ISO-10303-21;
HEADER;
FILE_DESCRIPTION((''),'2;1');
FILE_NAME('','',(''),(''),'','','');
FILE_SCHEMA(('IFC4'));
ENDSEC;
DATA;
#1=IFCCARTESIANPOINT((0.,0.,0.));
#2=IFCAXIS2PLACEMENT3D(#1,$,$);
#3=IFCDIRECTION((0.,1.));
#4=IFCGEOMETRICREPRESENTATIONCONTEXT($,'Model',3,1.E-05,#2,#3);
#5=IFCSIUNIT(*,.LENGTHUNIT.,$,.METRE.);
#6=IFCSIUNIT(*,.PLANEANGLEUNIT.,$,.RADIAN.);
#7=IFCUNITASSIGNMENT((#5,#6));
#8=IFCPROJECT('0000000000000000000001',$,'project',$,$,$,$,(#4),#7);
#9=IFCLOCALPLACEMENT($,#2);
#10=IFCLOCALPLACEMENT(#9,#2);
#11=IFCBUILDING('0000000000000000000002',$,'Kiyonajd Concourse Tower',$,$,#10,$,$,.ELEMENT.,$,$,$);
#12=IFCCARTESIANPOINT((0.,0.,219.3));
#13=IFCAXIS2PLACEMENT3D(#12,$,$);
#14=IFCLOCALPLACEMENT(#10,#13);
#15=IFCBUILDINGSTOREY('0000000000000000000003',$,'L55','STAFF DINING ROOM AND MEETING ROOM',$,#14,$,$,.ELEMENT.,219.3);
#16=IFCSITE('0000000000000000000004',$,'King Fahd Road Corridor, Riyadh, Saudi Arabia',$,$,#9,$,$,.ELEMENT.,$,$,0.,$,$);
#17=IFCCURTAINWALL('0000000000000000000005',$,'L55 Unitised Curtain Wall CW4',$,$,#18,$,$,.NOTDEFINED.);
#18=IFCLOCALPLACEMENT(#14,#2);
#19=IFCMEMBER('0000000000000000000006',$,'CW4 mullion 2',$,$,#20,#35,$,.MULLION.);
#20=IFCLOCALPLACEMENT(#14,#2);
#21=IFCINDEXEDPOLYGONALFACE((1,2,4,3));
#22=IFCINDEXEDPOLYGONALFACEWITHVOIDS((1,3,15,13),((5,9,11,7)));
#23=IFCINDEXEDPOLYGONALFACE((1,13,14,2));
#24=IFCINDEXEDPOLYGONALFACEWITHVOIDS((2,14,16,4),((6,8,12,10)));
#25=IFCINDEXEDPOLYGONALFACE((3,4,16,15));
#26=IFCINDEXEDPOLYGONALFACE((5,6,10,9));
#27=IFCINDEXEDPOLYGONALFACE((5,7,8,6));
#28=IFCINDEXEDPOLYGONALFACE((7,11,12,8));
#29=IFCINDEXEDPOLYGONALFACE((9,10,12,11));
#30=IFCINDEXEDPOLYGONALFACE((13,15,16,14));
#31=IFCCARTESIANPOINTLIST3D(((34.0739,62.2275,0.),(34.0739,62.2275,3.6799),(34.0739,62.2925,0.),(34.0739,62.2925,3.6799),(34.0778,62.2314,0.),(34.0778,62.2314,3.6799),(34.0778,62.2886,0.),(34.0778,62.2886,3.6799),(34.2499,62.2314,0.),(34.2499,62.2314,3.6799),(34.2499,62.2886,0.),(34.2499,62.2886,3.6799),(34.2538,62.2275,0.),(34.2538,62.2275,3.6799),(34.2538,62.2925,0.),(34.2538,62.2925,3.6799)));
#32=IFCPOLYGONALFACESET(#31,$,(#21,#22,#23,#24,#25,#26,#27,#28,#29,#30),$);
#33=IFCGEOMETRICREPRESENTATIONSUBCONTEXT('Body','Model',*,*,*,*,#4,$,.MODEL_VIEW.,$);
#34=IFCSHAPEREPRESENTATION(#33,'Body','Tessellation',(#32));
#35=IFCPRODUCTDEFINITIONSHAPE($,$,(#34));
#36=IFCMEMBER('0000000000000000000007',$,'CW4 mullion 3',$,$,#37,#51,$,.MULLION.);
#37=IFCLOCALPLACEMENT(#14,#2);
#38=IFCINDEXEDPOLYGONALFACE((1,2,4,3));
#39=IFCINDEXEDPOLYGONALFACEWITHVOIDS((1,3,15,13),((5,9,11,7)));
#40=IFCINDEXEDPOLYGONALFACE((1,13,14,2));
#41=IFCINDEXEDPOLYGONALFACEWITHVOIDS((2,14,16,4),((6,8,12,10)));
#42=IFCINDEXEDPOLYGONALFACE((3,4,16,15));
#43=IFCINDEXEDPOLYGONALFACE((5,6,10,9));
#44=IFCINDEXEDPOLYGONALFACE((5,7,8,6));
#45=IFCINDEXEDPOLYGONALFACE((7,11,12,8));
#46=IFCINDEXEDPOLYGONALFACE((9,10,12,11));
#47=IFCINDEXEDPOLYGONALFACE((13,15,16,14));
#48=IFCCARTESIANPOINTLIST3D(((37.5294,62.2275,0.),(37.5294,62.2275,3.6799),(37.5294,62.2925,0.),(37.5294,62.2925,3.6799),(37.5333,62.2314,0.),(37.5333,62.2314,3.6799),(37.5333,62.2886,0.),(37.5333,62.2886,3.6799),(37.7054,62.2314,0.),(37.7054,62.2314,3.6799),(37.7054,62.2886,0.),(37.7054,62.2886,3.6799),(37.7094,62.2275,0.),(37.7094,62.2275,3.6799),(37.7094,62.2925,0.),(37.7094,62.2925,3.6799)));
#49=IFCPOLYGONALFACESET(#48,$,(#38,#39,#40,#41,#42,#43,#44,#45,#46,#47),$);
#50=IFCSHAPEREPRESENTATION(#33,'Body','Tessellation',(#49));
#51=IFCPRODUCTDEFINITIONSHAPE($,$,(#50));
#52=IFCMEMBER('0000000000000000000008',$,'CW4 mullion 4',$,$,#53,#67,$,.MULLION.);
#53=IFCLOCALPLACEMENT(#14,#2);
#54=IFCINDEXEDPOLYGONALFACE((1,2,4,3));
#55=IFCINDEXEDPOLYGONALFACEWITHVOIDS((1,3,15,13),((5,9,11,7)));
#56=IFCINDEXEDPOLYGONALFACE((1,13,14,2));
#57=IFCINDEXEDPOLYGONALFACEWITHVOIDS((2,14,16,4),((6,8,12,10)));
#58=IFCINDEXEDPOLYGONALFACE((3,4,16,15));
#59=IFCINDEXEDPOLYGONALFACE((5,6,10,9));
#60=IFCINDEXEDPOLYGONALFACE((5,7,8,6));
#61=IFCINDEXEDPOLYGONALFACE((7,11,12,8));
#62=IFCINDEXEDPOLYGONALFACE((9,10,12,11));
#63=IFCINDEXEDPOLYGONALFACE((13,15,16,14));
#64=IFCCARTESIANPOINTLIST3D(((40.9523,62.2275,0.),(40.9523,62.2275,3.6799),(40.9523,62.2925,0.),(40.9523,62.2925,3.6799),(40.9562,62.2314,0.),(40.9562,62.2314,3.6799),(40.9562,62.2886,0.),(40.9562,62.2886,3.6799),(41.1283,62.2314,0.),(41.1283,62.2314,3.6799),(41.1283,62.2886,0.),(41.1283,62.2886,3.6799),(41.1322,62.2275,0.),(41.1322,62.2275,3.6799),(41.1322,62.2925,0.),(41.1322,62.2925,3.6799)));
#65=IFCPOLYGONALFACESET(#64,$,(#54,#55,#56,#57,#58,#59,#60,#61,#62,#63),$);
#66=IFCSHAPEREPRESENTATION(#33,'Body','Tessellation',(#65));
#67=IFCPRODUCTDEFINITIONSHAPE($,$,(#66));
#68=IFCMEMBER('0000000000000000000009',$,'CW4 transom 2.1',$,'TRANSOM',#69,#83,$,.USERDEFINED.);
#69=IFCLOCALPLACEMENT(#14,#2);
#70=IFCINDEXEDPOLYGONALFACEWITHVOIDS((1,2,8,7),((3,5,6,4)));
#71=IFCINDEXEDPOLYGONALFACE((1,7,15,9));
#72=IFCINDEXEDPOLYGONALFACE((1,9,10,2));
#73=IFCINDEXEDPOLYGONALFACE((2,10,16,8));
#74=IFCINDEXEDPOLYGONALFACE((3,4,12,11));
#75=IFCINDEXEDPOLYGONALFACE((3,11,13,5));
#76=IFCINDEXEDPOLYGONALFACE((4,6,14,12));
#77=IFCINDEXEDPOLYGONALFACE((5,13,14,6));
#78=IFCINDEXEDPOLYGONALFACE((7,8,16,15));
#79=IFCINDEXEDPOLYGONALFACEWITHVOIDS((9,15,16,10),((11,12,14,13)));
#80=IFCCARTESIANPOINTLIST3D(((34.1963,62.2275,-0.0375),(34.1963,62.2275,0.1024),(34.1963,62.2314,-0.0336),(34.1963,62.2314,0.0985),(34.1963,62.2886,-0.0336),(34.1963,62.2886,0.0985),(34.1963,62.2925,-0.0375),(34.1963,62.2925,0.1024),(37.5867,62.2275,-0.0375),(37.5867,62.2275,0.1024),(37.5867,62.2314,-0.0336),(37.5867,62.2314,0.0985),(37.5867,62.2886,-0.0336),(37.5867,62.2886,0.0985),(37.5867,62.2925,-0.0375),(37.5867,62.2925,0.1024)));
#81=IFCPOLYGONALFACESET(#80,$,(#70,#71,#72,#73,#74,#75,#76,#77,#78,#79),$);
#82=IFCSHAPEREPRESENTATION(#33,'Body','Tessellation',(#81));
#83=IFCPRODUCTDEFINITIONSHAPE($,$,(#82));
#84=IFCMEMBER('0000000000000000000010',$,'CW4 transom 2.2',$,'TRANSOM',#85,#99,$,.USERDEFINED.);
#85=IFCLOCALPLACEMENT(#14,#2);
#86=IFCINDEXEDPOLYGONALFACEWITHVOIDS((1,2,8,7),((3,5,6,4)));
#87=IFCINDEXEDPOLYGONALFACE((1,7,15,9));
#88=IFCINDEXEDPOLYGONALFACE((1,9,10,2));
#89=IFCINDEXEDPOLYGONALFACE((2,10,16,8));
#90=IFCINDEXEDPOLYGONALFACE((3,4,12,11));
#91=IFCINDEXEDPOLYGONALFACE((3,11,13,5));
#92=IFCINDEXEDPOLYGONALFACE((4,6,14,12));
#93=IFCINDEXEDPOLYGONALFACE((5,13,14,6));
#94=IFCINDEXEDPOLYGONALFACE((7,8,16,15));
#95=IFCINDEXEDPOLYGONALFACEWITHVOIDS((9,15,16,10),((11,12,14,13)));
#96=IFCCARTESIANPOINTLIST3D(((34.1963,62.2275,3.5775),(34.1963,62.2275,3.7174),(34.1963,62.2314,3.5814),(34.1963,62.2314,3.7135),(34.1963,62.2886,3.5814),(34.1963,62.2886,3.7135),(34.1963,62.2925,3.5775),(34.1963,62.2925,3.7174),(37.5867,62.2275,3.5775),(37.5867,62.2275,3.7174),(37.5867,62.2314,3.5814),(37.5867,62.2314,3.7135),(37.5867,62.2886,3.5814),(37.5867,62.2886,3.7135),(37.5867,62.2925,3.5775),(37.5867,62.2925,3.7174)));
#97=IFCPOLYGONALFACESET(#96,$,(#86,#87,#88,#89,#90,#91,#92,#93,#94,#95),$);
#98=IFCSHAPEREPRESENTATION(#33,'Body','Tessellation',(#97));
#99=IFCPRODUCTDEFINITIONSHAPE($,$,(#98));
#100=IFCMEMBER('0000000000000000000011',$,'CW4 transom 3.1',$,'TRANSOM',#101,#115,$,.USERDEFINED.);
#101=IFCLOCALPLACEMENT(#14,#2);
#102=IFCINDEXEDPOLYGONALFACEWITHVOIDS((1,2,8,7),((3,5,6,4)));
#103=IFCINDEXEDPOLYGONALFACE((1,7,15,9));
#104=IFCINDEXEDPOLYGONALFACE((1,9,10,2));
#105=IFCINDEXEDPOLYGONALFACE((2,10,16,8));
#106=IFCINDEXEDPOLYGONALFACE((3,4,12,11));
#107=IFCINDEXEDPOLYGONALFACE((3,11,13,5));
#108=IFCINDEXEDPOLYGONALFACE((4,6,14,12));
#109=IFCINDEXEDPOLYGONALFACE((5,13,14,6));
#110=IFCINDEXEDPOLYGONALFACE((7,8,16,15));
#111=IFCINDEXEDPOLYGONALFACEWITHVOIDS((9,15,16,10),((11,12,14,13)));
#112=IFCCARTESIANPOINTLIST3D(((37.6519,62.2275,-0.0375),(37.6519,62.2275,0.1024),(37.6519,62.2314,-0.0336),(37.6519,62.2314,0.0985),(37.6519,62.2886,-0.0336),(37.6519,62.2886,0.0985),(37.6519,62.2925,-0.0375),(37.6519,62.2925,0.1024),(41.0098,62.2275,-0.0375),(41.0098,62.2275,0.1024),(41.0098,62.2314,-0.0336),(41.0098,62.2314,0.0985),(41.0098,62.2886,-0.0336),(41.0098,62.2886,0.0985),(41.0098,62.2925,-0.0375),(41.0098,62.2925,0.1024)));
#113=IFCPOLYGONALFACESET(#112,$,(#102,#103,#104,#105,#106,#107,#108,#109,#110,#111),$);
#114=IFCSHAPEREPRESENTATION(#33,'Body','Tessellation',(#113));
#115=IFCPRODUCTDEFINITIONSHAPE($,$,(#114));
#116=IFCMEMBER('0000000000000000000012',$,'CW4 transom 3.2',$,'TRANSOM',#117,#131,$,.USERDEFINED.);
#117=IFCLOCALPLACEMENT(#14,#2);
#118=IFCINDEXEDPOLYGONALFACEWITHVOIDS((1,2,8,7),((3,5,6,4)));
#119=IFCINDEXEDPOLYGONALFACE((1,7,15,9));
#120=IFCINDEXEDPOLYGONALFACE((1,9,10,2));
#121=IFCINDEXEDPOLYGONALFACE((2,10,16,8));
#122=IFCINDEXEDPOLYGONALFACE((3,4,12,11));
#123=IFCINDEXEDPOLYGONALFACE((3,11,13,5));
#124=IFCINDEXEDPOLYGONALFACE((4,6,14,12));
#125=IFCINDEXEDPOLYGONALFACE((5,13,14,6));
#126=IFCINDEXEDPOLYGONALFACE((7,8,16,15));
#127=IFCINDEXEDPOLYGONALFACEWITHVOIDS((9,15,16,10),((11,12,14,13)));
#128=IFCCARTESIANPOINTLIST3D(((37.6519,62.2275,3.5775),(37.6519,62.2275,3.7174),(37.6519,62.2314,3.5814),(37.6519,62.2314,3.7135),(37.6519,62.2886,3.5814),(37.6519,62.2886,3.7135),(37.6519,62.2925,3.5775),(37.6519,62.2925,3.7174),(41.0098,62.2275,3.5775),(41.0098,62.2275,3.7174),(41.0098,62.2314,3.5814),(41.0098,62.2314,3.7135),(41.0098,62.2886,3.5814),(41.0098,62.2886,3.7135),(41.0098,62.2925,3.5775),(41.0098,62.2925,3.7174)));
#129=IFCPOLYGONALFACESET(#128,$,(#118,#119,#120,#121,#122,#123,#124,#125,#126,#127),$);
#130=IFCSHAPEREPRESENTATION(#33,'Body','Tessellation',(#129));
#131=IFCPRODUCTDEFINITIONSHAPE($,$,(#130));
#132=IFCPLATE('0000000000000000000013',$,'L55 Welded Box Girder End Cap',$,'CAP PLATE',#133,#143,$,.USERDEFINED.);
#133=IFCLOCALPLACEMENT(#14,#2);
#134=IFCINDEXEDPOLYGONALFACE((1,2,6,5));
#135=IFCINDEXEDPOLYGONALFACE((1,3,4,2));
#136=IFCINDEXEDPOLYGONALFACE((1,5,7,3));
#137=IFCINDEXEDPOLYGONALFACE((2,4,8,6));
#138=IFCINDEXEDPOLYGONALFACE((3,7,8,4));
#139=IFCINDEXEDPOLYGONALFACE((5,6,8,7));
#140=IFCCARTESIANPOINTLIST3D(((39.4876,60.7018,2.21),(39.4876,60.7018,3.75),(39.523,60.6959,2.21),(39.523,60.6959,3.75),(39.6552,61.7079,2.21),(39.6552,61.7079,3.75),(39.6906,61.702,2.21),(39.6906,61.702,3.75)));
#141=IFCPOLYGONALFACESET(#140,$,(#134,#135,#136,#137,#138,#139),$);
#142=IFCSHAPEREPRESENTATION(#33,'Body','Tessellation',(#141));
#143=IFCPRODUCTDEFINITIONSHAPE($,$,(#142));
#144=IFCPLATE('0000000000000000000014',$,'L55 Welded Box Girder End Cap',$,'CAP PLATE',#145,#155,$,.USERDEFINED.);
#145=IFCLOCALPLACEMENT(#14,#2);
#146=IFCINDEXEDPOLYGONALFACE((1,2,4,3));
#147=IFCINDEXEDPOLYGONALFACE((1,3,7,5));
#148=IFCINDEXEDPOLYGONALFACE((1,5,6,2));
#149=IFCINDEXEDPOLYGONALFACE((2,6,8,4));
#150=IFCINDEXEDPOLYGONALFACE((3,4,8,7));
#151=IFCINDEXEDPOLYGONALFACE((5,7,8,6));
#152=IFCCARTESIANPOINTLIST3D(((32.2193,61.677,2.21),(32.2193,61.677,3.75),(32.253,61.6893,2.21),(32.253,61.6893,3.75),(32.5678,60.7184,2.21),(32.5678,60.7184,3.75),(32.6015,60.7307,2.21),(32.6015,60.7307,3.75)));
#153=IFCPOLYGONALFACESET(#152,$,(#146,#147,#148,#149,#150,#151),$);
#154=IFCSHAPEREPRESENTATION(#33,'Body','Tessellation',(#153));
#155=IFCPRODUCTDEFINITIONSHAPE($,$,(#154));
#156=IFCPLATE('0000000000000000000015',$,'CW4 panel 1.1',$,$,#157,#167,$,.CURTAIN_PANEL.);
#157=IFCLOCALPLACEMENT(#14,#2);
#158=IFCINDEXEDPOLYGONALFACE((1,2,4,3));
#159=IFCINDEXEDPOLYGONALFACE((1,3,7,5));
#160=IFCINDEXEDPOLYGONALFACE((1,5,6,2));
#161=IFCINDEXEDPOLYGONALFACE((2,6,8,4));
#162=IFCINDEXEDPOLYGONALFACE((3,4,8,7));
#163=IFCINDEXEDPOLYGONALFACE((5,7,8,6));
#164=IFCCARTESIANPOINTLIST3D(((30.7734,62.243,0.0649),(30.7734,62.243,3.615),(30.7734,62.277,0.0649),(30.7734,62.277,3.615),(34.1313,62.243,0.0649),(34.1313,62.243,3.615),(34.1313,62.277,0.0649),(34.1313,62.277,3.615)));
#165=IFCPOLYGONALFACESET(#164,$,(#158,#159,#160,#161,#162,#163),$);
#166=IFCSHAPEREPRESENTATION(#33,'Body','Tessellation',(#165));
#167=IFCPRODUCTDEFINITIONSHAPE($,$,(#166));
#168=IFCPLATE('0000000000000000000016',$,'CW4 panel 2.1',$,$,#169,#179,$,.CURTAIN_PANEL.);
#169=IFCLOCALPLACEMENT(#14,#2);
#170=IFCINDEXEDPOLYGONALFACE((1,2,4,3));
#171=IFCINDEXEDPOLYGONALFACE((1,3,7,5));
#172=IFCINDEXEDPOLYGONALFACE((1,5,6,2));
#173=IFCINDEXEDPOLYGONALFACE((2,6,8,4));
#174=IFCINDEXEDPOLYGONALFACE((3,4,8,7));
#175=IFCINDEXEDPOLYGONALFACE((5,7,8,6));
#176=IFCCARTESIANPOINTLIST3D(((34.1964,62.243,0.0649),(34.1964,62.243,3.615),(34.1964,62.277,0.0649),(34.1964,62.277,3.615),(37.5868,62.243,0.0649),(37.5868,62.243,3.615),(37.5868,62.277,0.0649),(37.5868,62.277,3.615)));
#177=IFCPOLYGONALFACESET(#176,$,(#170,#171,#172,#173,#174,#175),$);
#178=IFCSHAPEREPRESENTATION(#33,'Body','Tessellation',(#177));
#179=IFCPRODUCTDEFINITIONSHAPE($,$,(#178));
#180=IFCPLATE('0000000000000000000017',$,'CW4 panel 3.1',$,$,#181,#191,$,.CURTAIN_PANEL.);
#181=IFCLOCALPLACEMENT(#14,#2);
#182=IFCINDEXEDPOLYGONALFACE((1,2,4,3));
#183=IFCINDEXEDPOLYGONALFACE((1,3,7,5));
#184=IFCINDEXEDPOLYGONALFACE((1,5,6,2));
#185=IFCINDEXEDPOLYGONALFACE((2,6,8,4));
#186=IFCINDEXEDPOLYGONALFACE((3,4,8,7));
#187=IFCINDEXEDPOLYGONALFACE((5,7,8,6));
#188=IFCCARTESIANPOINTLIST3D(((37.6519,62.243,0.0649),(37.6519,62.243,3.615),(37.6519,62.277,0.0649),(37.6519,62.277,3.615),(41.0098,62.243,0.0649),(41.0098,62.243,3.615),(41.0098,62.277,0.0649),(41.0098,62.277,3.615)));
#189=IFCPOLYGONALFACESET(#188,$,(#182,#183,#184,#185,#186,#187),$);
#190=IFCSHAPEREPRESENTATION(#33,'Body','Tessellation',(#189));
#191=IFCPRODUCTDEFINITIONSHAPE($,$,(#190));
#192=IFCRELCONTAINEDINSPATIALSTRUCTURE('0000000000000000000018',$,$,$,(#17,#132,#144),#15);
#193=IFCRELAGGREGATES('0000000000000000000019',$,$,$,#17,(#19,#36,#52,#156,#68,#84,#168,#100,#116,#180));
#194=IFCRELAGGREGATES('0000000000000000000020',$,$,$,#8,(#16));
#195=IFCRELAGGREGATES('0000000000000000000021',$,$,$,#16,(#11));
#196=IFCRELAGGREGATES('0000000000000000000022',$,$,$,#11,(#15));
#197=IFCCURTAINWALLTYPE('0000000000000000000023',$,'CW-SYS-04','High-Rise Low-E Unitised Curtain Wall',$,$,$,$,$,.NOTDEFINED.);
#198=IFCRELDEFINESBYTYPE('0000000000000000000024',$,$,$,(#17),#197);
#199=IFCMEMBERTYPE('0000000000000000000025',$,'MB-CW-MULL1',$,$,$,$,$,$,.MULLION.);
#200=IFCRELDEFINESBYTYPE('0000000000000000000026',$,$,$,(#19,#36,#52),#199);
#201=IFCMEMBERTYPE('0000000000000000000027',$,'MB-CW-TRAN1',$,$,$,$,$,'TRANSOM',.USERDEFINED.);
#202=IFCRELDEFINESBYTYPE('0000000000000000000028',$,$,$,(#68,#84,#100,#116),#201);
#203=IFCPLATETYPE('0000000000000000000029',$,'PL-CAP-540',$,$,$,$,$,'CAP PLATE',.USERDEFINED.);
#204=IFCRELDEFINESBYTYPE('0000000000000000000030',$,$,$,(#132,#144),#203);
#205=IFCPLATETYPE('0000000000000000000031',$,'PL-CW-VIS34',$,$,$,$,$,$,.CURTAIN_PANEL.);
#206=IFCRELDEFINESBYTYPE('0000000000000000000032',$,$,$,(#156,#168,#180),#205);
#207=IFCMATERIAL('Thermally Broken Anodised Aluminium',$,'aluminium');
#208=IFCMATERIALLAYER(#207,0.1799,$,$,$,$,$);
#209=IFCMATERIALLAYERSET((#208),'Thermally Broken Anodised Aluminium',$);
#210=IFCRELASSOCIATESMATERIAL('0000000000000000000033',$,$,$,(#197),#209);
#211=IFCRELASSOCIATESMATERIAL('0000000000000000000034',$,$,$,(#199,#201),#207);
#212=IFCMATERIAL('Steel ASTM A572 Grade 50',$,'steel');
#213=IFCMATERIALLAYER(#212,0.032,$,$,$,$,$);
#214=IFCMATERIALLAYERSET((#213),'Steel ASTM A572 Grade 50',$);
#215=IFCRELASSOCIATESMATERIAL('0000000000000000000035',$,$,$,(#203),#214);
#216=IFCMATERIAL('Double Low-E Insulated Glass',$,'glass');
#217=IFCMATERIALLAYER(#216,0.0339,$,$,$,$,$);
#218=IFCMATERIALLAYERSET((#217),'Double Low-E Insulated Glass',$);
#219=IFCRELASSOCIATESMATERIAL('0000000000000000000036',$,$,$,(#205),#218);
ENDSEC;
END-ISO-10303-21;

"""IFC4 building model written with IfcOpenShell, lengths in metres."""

from ifc_helpers import new_model, si_unit, direction, frame, origin, origin_2d, place, context, subcontext, project, spatial, rectangle, hollow_rectangle, extrude, material, layer, layer_set, material_profile, profile_set, type_object, element, aggregate, save


model = new_model("IFC4")

# Units and contexts
model_context = context("Model", 3, precision=1e-05, world=origin(), true_north=direction((0.0, 1.0)))
body_context = subcontext(model_context, "Body", "Model", "MODEL_VIEW")
ifc_project = project(units=[si_unit("LENGTHUNIT", "METRE"), si_unit("PLANEANGLEUNIT", "RADIAN")], contexts=[model_context])

# Site, building, storey
site_placement = place(None, origin())
site = spatial("IfcSite", under=ifc_project, at=site_placement, Name="King Fahd Road Corridor, Riyadh, Saudi Arabia", CompositionType="ELEMENT", RefElevation=0.0)
building_placement = place(site_placement, origin())
building = spatial("IfcBuilding", under=site, at=building_placement, Name="Kiyonajd Concourse Tower", CompositionType="ELEMENT")
storey_placement = place(building_placement, frame((0.0, 0.0, 219.3)))
storey = spatial("IfcBuildingStorey", under=building, at=storey_placement, Name="L55", Description="STAFF DINING ROOM AND MEETING ROOM", CompositionType="ELEMENT", Elevation=219.3)

# Shared definitions
ifc_material_1 = material(Name="Steel ASTM A572 Grade 50", Category="steel")

# Curtain wall, members
ifc_material_2 = material(Name="Thermally Broken Anodised Aluminium", Category="aluminium")
ifc_layer_1 = layer(ifc_material_2, 0.1799)
ifc_layer_set_1 = layer_set([ifc_layer_1], Name="Thermally Broken Anodised Aluminium")
curtain_wall_type = type_object("IfcCurtainWallType", Name="CW-SYS-04", Description="High-Rise Low-E Unitised Curtain Wall", PredefinedType="NOTDEFINED", material=ifc_layer_set_1)
curtain_wall_placement = place(storey_placement, origin())
curtain_wall = element("IfcCurtainWall", 1, at=curtain_wall_placement, inside=storey, type_object=curtain_wall_type, Name="L55 Unitised Curtain Wall CW4", PredefinedType="NOTDEFINED")
ifc_material_profile_1 = material_profile(ifc_material_2, hollow_rectangle(XDim=0.0649, YDim=0.1799, WallThickness=0.0039, at=origin_2d()), Name="MULL-65x180")
ifc_profile_set_1 = profile_set([ifc_material_profile_1], Name="Thermally Broken Anodised Aluminium")
member_type_1 = type_object("IfcMemberType", Name="MB-CW-MULL1", PredefinedType="MULLION", material=ifc_profile_set_1)
member_1_placement = place(storey_placement, frame((34.1638, 62.26, 0.0), z_axis=(0.0, 0.0, 1.0), x_axis=(0.0, 1.0, 0.0)))
member_1 = element("IfcMember", 2, at=member_1_placement, type_object=member_type_1, Name="CW4 mullion 2", PredefinedType="MULLION", context=body_context, shape_type="SweptSolid", body=[
    extrude(hollow_rectangle(XDim=0.0649, YDim=0.1799, WallThickness=0.0039, at=origin_2d()), origin(), (0.0, 0.0, 1.0), 3.6799),
])
member_2_placement = place(storey_placement, frame((37.6194, 62.26, 0.0), z_axis=(0.0, 0.0, 1.0), x_axis=(0.0, 1.0, 0.0)))
member_2 = element("IfcMember", 3, at=member_2_placement, type_object=member_type_1, Name="CW4 mullion 3", PredefinedType="MULLION", context=body_context, shape_type="SweptSolid", body=[
    extrude(hollow_rectangle(XDim=0.0649, YDim=0.1799, WallThickness=0.0039, at=origin_2d()), origin(), (0.0, 0.0, 1.0), 3.6799),
])
member_3_placement = place(storey_placement, frame((41.0422, 62.26, 0.0), z_axis=(0.0, 0.0, 1.0), x_axis=(0.0, 1.0, 0.0)))
member_3 = element("IfcMember", 4, at=member_3_placement, type_object=member_type_1, Name="CW4 mullion 4", PredefinedType="MULLION", context=body_context, shape_type="SweptSolid", body=[
    extrude(hollow_rectangle(XDim=0.0649, YDim=0.1799, WallThickness=0.0039, at=origin_2d()), origin(), (0.0, 0.0, 1.0), 3.6799),
])
ifc_material_profile_2 = material_profile(ifc_material_2, hollow_rectangle(XDim=0.0649, YDim=0.1399, WallThickness=0.0039, at=origin_2d()), Name="TRAN-65x140")
ifc_profile_set_2 = profile_set([ifc_material_profile_2], Name="Thermally Broken Anodised Aluminium")
member_type_2 = type_object("IfcMemberType", Name="MB-CW-TRAN1", ElementType="TRANSOM", PredefinedType="USERDEFINED", material=ifc_profile_set_2)
member_4_placement = place(storey_placement, frame((34.1963, 62.26, 0.0325), z_axis=(1.0, 0.0, 0.0), x_axis=(0.0, 1.0, 0.0)))
member_4 = element("IfcMember", 5, at=member_4_placement, type_object=member_type_2, Name="CW4 transom 2.1", ObjectType="TRANSOM", PredefinedType="USERDEFINED", context=body_context, shape_type="SweptSolid", body=[
    extrude(hollow_rectangle(XDim=0.0649, YDim=0.1399, WallThickness=0.0039, at=origin_2d()), origin(), (0.0, 0.0, 1.0), 3.3904),
])
member_5_placement = place(storey_placement, frame((34.1963, 62.26, 3.6475), z_axis=(1.0, 0.0, 0.0), x_axis=(0.0, 1.0, 0.0)))
member_5 = element("IfcMember", 6, at=member_5_placement, type_object=member_type_2, Name="CW4 transom 2.2", ObjectType="TRANSOM", PredefinedType="USERDEFINED", context=body_context, shape_type="SweptSolid", body=[
    extrude(hollow_rectangle(XDim=0.0649, YDim=0.1399, WallThickness=0.0039, at=origin_2d()), origin(), (0.0, 0.0, 1.0), 3.3904),
])
member_6_placement = place(storey_placement, frame((37.6519, 62.26, 0.0325), z_axis=(1.0, 0.0, 0.0), x_axis=(0.0, 1.0, 0.0)))
member_6 = element("IfcMember", 7, at=member_6_placement, type_object=member_type_2, Name="CW4 transom 3.1", ObjectType="TRANSOM", PredefinedType="USERDEFINED", context=body_context, shape_type="SweptSolid", body=[
    extrude(hollow_rectangle(XDim=0.0649, YDim=0.1399, WallThickness=0.0039, at=origin_2d()), origin(), (0.0, 0.0, 1.0), 3.3579),
])
member_7_placement = place(storey_placement, frame((37.6519, 62.26, 3.6475), z_axis=(1.0, 0.0, 0.0), x_axis=(0.0, 1.0, 0.0)))
member_7 = element("IfcMember", 8, at=member_7_placement, type_object=member_type_2, Name="CW4 transom 3.2", ObjectType="TRANSOM", PredefinedType="USERDEFINED", context=body_context, shape_type="SweptSolid", body=[
    extrude(hollow_rectangle(XDim=0.0649, YDim=0.1399, WallThickness=0.0039, at=origin_2d()), origin(), (0.0, 0.0, 1.0), 3.3579),
])

# Plates
ifc_layer_2 = layer(ifc_material_1, 0.032)
ifc_layer_set_2 = layer_set([ifc_layer_2], Name="Steel ASTM A572 Grade 50")
plate_type_1 = type_object("IfcPlateType", Name="PL-CAP-540", ElementType="CAP PLATE", PredefinedType="USERDEFINED", material=ifc_layer_set_2)
for number, where, z_axis, x_axis, name in (
    (9, (39.5891, 61.2019, 2.21), (0.0, 0.0, 1.0), (-0.986401, 0.164359, 0.0), "L55 Welded Box Girder End Cap"),
    (10, (32.4104, 61.2039, 2.21), (0.0, 0.0, 1.0), (0.939812, 0.341692, 0.0), "L55 Welded Box Girder End Cap"),
):
    element("IfcPlate", number, at=place(storey_placement, frame(where, z_axis=z_axis, x_axis=x_axis)), inside=storey, type_object=plate_type_1, Name=name, ObjectType="CAP PLATE", PredefinedType="USERDEFINED", context=body_context, shape_type="SweptSolid", body=[
        extrude(rectangle(XDim=0.0359, YDim=1.02, at=origin_2d()), origin(), (0.0, 0.0, 1.0), 1.54),
    ])

# Plates
ifc_material_3 = material(Name="Double Low-E Insulated Glass", Category="glass")
ifc_layer_3 = layer(ifc_material_3, 0.0339)
ifc_layer_set_3 = layer_set([ifc_layer_3], Name="Double Low-E Insulated Glass")
plate_type_2 = type_object("IfcPlateType", Name="PL-CW-VIS34", PredefinedType="CURTAIN_PANEL", material=ifc_layer_set_3)
plate_1_placement = place(storey_placement, frame((32.4524, 62.26, 0.0649), z_axis=(0.0, 0.0, 1.0), x_axis=(1.0, 0.0, 0.0)))
plate_1 = element("IfcPlate", 11, at=plate_1_placement, type_object=plate_type_2, Name="CW4 panel 1.1", PredefinedType="CURTAIN_PANEL", context=body_context, shape_type="SweptSolid", body=[
    extrude(rectangle(XDim=3.3579, YDim=0.0339, at=origin_2d()), origin(), (0.0, 0.0, 1.0), 3.55),
])
plate_2_placement = place(storey_placement, frame((35.8916, 62.26, 0.0649), z_axis=(0.0, 0.0, 1.0), x_axis=(1.0, 0.0, 0.0)))
plate_2 = element("IfcPlate", 12, at=plate_2_placement, type_object=plate_type_2, Name="CW4 panel 2.1", PredefinedType="CURTAIN_PANEL", context=body_context, shape_type="SweptSolid", body=[
    extrude(rectangle(XDim=3.3904, YDim=0.0339, at=origin_2d()), origin(), (0.0, 0.0, 1.0), 3.55),
])
plate_3_placement = place(storey_placement, frame((39.3308, 62.26, 0.0649), z_axis=(0.0, 0.0, 1.0), x_axis=(1.0, 0.0, 0.0)))
plate_3 = element("IfcPlate", 13, at=plate_3_placement, type_object=plate_type_2, Name="CW4 panel 3.1", PredefinedType="CURTAIN_PANEL", context=body_context, shape_type="SweptSolid", body=[
    extrude(rectangle(XDim=3.3579, YDim=0.0339, at=origin_2d()), origin(), (0.0, 0.0, 1.0), 3.55),
])
aggregate(curtain_wall, [member_1, member_2, member_3, plate_1, member_4, member_5, plate_2, member_6, member_7, plate_3])

save(model, "model.ifc")
